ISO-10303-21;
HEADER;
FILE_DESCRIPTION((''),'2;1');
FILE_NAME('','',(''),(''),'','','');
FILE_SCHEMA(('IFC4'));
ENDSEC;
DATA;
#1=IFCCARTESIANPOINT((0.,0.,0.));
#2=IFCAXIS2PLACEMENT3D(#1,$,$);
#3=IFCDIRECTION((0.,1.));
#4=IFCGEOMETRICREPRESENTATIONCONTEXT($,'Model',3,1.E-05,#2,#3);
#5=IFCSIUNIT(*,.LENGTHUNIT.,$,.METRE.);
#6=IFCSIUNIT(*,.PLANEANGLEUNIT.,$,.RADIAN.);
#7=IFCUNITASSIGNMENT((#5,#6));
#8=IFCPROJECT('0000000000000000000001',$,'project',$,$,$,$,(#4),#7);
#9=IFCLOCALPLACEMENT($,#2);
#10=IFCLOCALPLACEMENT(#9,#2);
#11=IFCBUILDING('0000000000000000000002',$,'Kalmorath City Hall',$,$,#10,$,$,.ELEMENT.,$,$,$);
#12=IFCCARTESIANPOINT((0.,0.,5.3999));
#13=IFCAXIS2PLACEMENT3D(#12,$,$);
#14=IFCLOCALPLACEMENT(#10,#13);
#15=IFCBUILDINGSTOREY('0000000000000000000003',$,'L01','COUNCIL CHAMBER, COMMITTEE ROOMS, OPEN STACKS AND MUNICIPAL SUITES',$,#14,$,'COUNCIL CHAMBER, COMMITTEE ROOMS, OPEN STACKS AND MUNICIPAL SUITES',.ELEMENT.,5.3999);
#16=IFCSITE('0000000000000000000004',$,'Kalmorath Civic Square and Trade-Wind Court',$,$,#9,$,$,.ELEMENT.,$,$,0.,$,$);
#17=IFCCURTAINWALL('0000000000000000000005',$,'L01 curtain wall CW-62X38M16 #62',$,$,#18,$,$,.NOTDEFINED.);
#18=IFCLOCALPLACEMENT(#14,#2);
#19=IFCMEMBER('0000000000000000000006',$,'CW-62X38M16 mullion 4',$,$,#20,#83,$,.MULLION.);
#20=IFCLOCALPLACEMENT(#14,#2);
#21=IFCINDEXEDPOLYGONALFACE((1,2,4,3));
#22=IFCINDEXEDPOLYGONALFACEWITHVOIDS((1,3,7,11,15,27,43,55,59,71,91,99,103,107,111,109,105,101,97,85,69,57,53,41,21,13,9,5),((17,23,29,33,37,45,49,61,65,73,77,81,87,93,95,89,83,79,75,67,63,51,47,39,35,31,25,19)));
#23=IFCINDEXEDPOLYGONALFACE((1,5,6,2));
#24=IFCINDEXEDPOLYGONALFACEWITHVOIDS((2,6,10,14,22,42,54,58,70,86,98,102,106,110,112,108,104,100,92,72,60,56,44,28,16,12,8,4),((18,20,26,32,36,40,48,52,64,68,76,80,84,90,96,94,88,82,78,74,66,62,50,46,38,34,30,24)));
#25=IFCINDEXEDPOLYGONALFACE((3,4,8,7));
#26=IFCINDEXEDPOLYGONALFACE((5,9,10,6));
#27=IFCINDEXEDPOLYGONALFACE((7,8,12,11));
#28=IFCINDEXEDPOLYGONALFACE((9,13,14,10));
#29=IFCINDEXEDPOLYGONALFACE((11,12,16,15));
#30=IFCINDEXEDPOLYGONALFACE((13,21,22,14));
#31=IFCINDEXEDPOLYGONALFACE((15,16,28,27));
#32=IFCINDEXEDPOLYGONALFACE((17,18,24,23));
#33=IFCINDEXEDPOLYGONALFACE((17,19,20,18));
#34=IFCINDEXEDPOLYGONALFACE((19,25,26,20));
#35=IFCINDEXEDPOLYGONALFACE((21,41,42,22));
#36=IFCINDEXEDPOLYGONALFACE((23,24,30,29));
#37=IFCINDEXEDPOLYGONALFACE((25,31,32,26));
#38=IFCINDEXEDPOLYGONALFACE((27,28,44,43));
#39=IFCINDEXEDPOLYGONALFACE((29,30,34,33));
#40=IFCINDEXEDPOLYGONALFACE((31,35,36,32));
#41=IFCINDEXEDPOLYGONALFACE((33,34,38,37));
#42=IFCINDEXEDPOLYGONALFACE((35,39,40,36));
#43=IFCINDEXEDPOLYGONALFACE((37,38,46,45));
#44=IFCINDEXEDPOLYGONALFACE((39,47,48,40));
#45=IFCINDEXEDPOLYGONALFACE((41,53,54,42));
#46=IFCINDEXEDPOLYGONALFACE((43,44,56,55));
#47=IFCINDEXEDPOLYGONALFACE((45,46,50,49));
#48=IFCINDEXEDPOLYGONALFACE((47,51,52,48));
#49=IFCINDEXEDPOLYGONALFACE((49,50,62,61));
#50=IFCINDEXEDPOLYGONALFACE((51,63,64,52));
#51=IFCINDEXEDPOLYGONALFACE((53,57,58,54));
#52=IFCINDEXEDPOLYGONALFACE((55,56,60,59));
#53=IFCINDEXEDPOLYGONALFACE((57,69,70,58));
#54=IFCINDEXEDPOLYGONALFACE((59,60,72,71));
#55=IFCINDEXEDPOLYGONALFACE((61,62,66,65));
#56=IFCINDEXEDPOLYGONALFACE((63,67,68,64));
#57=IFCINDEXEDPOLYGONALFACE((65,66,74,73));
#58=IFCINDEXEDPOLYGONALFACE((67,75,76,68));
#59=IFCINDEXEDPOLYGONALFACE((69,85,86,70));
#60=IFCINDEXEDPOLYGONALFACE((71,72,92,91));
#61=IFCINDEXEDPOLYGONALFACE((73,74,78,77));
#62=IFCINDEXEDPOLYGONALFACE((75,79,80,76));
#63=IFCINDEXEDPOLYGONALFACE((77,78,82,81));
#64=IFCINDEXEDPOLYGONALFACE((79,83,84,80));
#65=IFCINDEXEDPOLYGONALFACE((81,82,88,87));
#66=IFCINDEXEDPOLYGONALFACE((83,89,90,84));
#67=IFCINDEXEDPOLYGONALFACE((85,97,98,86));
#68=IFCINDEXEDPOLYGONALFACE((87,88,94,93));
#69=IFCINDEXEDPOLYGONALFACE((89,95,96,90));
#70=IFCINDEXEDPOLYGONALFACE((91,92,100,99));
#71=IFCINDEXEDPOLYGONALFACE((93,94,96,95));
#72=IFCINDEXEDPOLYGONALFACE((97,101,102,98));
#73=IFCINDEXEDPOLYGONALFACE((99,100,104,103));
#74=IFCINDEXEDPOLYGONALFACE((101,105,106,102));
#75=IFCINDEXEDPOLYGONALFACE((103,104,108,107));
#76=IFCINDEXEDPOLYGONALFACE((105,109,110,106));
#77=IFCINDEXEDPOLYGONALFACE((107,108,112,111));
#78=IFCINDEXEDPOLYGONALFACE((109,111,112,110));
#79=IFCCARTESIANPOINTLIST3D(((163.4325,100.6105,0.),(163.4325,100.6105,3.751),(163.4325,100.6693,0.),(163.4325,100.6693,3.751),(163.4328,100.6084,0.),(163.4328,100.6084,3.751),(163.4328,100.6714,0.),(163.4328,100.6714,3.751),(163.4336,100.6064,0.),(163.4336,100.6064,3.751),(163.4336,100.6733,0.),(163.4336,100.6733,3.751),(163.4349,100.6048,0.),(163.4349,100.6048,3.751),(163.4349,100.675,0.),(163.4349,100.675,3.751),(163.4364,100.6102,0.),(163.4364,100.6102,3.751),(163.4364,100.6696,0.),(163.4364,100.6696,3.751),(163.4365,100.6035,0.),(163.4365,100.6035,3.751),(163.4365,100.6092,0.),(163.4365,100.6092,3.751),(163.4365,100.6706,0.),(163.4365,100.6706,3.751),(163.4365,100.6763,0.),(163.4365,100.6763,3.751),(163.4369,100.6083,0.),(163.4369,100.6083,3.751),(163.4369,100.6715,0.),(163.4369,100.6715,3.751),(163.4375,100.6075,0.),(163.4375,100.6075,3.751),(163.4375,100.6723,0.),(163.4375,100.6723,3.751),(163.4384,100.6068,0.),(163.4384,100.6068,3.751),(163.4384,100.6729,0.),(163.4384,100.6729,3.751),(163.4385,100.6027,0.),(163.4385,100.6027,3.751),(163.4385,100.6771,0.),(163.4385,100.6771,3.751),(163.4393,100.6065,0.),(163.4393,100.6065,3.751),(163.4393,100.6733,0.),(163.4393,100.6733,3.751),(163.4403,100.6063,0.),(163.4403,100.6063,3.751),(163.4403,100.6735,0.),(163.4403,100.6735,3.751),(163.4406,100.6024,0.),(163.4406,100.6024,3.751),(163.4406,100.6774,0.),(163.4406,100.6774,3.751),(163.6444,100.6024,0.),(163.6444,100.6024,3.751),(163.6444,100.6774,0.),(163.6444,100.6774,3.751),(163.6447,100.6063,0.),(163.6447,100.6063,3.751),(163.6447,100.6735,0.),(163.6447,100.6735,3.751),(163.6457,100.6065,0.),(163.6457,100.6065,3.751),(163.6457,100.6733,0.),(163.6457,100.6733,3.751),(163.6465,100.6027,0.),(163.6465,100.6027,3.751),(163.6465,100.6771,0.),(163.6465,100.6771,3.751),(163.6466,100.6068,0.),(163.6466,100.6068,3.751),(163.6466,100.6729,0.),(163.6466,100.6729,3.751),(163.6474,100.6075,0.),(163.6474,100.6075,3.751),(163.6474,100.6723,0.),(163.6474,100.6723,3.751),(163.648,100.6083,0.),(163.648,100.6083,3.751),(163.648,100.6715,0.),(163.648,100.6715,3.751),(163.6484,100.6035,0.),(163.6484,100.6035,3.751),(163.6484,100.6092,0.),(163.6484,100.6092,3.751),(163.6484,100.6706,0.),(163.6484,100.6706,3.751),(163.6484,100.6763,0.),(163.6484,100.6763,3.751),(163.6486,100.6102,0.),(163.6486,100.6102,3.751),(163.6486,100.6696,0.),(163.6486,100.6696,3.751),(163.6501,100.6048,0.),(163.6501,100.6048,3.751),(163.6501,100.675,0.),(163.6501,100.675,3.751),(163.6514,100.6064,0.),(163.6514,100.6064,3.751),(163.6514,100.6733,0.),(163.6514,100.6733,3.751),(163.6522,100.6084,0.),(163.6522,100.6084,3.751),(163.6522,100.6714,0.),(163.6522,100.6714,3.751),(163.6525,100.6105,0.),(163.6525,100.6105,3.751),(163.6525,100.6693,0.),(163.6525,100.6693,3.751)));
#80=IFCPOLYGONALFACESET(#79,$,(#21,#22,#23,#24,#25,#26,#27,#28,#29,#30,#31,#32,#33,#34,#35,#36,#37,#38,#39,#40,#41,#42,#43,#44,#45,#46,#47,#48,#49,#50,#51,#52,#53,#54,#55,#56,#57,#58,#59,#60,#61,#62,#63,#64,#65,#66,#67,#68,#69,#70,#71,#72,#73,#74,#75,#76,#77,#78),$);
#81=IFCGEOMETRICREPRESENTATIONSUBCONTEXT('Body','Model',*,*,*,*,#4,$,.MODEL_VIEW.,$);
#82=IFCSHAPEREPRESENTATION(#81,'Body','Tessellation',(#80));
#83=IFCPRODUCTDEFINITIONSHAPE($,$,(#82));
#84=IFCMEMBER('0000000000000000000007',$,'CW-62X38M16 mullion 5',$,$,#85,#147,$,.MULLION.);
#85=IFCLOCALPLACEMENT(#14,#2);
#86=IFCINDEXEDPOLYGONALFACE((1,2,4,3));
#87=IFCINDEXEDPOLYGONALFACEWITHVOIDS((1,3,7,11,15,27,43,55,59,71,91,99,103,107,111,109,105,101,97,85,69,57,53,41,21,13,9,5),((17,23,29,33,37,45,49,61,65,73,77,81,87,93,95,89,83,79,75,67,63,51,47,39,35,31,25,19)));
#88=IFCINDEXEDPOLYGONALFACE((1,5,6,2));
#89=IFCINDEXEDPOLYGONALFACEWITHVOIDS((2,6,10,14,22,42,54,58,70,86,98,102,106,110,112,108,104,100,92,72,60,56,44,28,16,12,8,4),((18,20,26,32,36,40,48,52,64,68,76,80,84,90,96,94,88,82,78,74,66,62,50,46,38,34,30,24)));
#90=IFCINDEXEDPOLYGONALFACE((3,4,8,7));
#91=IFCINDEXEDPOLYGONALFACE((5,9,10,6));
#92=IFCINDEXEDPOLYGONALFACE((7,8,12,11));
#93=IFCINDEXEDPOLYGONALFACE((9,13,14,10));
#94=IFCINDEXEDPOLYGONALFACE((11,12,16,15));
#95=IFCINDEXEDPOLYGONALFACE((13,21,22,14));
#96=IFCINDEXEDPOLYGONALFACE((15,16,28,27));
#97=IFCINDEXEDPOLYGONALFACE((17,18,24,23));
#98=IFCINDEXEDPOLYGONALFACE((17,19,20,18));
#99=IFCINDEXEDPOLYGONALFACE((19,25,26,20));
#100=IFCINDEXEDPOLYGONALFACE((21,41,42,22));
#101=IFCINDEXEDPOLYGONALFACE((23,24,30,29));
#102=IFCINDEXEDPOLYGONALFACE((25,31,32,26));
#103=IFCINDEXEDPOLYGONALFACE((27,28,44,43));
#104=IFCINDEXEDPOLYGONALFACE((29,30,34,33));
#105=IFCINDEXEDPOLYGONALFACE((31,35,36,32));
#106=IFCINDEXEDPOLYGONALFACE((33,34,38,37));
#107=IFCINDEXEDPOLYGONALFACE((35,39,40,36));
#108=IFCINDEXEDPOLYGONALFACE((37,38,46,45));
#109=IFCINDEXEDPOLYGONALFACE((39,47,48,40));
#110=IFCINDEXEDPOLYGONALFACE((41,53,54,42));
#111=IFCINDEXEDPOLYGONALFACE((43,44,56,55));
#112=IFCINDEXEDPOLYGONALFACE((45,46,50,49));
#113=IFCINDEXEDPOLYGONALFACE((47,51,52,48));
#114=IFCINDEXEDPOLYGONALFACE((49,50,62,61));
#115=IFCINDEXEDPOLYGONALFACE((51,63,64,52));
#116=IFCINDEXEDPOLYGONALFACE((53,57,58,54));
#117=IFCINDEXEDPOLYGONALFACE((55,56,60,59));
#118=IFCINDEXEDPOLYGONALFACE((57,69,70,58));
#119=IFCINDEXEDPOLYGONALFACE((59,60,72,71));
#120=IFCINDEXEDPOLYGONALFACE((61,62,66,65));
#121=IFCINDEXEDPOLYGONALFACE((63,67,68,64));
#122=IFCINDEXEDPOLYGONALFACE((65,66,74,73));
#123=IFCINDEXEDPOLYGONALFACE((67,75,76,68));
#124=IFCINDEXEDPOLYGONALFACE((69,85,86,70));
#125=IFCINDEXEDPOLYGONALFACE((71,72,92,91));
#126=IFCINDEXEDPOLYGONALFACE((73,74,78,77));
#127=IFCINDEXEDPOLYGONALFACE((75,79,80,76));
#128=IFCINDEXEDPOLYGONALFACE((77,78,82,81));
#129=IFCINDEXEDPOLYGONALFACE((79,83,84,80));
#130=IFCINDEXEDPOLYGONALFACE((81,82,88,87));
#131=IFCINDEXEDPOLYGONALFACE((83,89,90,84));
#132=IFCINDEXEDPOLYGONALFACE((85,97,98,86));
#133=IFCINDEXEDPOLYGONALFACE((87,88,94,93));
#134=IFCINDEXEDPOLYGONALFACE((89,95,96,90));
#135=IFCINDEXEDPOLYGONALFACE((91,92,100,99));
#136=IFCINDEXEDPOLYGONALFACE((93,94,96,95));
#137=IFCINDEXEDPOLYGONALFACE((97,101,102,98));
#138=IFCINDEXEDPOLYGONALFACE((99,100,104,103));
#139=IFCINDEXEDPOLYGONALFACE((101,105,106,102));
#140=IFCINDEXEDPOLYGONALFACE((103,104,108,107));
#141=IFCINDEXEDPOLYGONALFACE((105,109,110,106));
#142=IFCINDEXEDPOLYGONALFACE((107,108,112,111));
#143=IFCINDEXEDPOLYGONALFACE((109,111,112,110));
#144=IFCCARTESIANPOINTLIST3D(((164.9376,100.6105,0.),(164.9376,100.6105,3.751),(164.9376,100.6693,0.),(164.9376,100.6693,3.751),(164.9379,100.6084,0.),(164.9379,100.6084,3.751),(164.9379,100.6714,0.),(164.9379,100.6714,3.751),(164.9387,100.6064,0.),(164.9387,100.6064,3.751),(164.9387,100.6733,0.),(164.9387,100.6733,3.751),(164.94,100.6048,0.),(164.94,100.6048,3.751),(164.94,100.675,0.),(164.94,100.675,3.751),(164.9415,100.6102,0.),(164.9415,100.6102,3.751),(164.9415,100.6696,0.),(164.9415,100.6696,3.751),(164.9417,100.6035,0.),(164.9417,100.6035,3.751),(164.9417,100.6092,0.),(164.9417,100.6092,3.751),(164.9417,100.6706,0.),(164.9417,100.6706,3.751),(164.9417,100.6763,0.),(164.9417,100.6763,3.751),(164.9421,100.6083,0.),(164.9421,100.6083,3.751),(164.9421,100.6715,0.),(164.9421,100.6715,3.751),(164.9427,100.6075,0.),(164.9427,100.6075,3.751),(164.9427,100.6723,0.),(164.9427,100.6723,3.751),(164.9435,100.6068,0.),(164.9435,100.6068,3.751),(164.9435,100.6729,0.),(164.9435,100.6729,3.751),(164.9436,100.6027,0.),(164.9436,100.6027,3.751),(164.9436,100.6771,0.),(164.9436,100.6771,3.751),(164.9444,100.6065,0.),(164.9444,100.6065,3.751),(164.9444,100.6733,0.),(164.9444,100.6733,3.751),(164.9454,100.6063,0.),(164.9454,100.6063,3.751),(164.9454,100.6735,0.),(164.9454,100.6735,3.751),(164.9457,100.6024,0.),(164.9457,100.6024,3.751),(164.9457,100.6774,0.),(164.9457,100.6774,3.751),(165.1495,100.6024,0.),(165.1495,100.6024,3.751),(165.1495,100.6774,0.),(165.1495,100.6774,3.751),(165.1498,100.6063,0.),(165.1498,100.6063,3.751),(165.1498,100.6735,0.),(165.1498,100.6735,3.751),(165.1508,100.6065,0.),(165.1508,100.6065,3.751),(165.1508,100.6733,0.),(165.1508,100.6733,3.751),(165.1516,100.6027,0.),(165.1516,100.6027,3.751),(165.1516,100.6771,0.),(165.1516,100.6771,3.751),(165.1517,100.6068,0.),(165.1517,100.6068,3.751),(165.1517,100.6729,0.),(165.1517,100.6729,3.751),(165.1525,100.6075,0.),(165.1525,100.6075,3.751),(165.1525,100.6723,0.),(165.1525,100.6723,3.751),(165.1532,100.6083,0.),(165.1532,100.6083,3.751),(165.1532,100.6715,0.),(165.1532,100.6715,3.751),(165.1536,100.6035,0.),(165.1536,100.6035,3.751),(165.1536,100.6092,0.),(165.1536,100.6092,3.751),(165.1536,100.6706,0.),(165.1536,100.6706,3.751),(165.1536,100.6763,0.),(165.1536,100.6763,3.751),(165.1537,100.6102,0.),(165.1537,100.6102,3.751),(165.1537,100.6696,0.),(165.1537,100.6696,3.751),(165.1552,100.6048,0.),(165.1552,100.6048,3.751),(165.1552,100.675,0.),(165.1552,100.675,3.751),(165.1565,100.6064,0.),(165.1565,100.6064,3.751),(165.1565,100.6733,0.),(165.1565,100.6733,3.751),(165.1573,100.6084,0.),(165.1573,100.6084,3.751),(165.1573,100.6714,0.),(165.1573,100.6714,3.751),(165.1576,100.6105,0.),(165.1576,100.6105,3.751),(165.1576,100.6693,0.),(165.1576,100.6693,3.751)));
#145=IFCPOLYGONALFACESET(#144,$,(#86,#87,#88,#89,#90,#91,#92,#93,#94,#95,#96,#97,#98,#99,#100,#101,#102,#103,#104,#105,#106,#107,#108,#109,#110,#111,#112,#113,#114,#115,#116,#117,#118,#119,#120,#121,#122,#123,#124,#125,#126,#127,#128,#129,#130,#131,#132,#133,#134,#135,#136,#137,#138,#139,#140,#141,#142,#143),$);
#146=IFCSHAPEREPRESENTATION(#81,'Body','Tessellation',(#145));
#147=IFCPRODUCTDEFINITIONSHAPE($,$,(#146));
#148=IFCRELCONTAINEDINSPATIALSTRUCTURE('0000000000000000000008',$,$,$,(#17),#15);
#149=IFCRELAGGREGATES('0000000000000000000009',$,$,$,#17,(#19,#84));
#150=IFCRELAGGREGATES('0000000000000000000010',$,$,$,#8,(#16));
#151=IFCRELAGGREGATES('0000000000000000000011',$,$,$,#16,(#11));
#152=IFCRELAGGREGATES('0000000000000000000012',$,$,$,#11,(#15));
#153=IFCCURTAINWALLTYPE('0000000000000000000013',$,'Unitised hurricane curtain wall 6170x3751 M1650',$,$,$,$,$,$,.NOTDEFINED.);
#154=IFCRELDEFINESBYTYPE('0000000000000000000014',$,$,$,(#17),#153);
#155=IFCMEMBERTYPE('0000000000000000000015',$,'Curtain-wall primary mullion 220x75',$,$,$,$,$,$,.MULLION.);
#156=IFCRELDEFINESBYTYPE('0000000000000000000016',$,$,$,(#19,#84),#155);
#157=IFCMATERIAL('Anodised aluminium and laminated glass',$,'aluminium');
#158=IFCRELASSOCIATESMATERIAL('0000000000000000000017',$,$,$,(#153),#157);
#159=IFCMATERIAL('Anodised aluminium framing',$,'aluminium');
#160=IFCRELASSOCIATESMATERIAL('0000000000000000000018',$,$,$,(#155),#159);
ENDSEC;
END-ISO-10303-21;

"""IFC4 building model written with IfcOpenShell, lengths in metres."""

from ifc_helpers import new_model, si_unit, direction, frame, origin, origin_2d, place, context, subcontext, project, spatial, hollow_rectangle, extrude, material, material_profile, profile_set, type_object, element, aggregate, save


model = new_model("IFC4")

# Units and contexts
model_context = context("Model", 3, precision=1e-05, world=origin(), true_north=direction((0.0, 1.0)))
body_context = subcontext(model_context, "Body", "Model", "MODEL_VIEW")
ifc_project = project(units=[si_unit("LENGTHUNIT", "METRE"), si_unit("PLANEANGLEUNIT", "RADIAN")], contexts=[model_context])

# Site, building, storey
site_placement = place(None, origin())
site = spatial("IfcSite", under=ifc_project, at=site_placement, Name="Kalmorath Civic Square and Trade-Wind Court", CompositionType="ELEMENT", RefElevation=0.0)
building_placement = place(site_placement, origin())
building = spatial("IfcBuilding", under=site, at=building_placement, Name="Kalmorath City Hall", CompositionType="ELEMENT")
storey_placement = place(building_placement, frame((0.0, 0.0, 5.3999)))
storey = spatial("IfcBuildingStorey", under=building, at=storey_placement, Name="L01", Description="COUNCIL CHAMBER, COMMITTEE ROOMS, OPEN STACKS AND MUNICIPAL SUITES", LongName="COUNCIL CHAMBER, COMMITTEE ROOMS, OPEN STACKS AND MUNICIPAL SUITES", CompositionType="ELEMENT", Elevation=5.3999)

# Curtain wall
ifc_material_1 = material(Name="Anodised aluminium and laminated glass", Category="aluminium")
curtain_wall_type_1 = type_object("IfcCurtainWallType", Name="Unitised hurricane curtain wall 6170x3751 M1650", PredefinedType="NOTDEFINED", material=ifc_material_1)
curtain_wall_1_placement = place(storey_placement, origin())
curtain_wall_1 = element("IfcCurtainWall", 1, at=curtain_wall_1_placement, inside=storey, type_object=curtain_wall_type_1, Name="L01 curtain wall CW-62X38M16 #62", PredefinedType="NOTDEFINED")

# Members
ifc_material_2 = material(Name="Anodised aluminium framing", Category="aluminium")
ifc_material_profile_1 = material_profile(ifc_material_2, hollow_rectangle(XDim=0.075, YDim=0.22, WallThickness=0.0039, InnerFilletRadius=0.0039, OuterFilletRadius=0.0081, at=origin_2d()), Name="ALU-MUL-220X75X4")
ifc_profile_set_1 = profile_set([ifc_material_profile_1], Name="Anodised aluminium framing")
member_type_1 = type_object("IfcMemberType", Name="Curtain-wall primary mullion 220x75", PredefinedType="MULLION", material=ifc_profile_set_1)
member_1_placement = place(storey_placement, frame((163.5425, 100.6399, 0.0), z_axis=(0.0, 0.0, 1.0), x_axis=(0.0, 1.0, 0.0)))
member_1 = element("IfcMember", 2, at=member_1_placement, type_object=member_type_1, Name="CW-62X38M16 mullion 4", PredefinedType="MULLION", context=body_context, shape_type="SweptSolid", body=[
    extrude(hollow_rectangle(XDim=0.075, YDim=0.22, WallThickness=0.0039, InnerFilletRadius=0.0039, OuterFilletRadius=0.0081, at=origin_2d()), origin(), (0.0, 0.0, 1.0), 3.751),
])
member_2_placement = place(storey_placement, frame((165.0476, 100.6399, 0.0), z_axis=(0.0, 0.0, 1.0), x_axis=(0.0, 1.0, 0.0)))
member_2 = element("IfcMember", 3, at=member_2_placement, type_object=member_type_1, Name="CW-62X38M16 mullion 5", PredefinedType="MULLION", context=body_context, shape_type="SweptSolid", body=[
    extrude(hollow_rectangle(XDim=0.075, YDim=0.22, WallThickness=0.0039, InnerFilletRadius=0.0039, OuterFilletRadius=0.0081, at=origin_2d()), origin(), (0.0, 0.0, 1.0), 3.751),
])

aggregate(curtain_wall_1, [member_1, member_2])

save(model, "model.ifc")
